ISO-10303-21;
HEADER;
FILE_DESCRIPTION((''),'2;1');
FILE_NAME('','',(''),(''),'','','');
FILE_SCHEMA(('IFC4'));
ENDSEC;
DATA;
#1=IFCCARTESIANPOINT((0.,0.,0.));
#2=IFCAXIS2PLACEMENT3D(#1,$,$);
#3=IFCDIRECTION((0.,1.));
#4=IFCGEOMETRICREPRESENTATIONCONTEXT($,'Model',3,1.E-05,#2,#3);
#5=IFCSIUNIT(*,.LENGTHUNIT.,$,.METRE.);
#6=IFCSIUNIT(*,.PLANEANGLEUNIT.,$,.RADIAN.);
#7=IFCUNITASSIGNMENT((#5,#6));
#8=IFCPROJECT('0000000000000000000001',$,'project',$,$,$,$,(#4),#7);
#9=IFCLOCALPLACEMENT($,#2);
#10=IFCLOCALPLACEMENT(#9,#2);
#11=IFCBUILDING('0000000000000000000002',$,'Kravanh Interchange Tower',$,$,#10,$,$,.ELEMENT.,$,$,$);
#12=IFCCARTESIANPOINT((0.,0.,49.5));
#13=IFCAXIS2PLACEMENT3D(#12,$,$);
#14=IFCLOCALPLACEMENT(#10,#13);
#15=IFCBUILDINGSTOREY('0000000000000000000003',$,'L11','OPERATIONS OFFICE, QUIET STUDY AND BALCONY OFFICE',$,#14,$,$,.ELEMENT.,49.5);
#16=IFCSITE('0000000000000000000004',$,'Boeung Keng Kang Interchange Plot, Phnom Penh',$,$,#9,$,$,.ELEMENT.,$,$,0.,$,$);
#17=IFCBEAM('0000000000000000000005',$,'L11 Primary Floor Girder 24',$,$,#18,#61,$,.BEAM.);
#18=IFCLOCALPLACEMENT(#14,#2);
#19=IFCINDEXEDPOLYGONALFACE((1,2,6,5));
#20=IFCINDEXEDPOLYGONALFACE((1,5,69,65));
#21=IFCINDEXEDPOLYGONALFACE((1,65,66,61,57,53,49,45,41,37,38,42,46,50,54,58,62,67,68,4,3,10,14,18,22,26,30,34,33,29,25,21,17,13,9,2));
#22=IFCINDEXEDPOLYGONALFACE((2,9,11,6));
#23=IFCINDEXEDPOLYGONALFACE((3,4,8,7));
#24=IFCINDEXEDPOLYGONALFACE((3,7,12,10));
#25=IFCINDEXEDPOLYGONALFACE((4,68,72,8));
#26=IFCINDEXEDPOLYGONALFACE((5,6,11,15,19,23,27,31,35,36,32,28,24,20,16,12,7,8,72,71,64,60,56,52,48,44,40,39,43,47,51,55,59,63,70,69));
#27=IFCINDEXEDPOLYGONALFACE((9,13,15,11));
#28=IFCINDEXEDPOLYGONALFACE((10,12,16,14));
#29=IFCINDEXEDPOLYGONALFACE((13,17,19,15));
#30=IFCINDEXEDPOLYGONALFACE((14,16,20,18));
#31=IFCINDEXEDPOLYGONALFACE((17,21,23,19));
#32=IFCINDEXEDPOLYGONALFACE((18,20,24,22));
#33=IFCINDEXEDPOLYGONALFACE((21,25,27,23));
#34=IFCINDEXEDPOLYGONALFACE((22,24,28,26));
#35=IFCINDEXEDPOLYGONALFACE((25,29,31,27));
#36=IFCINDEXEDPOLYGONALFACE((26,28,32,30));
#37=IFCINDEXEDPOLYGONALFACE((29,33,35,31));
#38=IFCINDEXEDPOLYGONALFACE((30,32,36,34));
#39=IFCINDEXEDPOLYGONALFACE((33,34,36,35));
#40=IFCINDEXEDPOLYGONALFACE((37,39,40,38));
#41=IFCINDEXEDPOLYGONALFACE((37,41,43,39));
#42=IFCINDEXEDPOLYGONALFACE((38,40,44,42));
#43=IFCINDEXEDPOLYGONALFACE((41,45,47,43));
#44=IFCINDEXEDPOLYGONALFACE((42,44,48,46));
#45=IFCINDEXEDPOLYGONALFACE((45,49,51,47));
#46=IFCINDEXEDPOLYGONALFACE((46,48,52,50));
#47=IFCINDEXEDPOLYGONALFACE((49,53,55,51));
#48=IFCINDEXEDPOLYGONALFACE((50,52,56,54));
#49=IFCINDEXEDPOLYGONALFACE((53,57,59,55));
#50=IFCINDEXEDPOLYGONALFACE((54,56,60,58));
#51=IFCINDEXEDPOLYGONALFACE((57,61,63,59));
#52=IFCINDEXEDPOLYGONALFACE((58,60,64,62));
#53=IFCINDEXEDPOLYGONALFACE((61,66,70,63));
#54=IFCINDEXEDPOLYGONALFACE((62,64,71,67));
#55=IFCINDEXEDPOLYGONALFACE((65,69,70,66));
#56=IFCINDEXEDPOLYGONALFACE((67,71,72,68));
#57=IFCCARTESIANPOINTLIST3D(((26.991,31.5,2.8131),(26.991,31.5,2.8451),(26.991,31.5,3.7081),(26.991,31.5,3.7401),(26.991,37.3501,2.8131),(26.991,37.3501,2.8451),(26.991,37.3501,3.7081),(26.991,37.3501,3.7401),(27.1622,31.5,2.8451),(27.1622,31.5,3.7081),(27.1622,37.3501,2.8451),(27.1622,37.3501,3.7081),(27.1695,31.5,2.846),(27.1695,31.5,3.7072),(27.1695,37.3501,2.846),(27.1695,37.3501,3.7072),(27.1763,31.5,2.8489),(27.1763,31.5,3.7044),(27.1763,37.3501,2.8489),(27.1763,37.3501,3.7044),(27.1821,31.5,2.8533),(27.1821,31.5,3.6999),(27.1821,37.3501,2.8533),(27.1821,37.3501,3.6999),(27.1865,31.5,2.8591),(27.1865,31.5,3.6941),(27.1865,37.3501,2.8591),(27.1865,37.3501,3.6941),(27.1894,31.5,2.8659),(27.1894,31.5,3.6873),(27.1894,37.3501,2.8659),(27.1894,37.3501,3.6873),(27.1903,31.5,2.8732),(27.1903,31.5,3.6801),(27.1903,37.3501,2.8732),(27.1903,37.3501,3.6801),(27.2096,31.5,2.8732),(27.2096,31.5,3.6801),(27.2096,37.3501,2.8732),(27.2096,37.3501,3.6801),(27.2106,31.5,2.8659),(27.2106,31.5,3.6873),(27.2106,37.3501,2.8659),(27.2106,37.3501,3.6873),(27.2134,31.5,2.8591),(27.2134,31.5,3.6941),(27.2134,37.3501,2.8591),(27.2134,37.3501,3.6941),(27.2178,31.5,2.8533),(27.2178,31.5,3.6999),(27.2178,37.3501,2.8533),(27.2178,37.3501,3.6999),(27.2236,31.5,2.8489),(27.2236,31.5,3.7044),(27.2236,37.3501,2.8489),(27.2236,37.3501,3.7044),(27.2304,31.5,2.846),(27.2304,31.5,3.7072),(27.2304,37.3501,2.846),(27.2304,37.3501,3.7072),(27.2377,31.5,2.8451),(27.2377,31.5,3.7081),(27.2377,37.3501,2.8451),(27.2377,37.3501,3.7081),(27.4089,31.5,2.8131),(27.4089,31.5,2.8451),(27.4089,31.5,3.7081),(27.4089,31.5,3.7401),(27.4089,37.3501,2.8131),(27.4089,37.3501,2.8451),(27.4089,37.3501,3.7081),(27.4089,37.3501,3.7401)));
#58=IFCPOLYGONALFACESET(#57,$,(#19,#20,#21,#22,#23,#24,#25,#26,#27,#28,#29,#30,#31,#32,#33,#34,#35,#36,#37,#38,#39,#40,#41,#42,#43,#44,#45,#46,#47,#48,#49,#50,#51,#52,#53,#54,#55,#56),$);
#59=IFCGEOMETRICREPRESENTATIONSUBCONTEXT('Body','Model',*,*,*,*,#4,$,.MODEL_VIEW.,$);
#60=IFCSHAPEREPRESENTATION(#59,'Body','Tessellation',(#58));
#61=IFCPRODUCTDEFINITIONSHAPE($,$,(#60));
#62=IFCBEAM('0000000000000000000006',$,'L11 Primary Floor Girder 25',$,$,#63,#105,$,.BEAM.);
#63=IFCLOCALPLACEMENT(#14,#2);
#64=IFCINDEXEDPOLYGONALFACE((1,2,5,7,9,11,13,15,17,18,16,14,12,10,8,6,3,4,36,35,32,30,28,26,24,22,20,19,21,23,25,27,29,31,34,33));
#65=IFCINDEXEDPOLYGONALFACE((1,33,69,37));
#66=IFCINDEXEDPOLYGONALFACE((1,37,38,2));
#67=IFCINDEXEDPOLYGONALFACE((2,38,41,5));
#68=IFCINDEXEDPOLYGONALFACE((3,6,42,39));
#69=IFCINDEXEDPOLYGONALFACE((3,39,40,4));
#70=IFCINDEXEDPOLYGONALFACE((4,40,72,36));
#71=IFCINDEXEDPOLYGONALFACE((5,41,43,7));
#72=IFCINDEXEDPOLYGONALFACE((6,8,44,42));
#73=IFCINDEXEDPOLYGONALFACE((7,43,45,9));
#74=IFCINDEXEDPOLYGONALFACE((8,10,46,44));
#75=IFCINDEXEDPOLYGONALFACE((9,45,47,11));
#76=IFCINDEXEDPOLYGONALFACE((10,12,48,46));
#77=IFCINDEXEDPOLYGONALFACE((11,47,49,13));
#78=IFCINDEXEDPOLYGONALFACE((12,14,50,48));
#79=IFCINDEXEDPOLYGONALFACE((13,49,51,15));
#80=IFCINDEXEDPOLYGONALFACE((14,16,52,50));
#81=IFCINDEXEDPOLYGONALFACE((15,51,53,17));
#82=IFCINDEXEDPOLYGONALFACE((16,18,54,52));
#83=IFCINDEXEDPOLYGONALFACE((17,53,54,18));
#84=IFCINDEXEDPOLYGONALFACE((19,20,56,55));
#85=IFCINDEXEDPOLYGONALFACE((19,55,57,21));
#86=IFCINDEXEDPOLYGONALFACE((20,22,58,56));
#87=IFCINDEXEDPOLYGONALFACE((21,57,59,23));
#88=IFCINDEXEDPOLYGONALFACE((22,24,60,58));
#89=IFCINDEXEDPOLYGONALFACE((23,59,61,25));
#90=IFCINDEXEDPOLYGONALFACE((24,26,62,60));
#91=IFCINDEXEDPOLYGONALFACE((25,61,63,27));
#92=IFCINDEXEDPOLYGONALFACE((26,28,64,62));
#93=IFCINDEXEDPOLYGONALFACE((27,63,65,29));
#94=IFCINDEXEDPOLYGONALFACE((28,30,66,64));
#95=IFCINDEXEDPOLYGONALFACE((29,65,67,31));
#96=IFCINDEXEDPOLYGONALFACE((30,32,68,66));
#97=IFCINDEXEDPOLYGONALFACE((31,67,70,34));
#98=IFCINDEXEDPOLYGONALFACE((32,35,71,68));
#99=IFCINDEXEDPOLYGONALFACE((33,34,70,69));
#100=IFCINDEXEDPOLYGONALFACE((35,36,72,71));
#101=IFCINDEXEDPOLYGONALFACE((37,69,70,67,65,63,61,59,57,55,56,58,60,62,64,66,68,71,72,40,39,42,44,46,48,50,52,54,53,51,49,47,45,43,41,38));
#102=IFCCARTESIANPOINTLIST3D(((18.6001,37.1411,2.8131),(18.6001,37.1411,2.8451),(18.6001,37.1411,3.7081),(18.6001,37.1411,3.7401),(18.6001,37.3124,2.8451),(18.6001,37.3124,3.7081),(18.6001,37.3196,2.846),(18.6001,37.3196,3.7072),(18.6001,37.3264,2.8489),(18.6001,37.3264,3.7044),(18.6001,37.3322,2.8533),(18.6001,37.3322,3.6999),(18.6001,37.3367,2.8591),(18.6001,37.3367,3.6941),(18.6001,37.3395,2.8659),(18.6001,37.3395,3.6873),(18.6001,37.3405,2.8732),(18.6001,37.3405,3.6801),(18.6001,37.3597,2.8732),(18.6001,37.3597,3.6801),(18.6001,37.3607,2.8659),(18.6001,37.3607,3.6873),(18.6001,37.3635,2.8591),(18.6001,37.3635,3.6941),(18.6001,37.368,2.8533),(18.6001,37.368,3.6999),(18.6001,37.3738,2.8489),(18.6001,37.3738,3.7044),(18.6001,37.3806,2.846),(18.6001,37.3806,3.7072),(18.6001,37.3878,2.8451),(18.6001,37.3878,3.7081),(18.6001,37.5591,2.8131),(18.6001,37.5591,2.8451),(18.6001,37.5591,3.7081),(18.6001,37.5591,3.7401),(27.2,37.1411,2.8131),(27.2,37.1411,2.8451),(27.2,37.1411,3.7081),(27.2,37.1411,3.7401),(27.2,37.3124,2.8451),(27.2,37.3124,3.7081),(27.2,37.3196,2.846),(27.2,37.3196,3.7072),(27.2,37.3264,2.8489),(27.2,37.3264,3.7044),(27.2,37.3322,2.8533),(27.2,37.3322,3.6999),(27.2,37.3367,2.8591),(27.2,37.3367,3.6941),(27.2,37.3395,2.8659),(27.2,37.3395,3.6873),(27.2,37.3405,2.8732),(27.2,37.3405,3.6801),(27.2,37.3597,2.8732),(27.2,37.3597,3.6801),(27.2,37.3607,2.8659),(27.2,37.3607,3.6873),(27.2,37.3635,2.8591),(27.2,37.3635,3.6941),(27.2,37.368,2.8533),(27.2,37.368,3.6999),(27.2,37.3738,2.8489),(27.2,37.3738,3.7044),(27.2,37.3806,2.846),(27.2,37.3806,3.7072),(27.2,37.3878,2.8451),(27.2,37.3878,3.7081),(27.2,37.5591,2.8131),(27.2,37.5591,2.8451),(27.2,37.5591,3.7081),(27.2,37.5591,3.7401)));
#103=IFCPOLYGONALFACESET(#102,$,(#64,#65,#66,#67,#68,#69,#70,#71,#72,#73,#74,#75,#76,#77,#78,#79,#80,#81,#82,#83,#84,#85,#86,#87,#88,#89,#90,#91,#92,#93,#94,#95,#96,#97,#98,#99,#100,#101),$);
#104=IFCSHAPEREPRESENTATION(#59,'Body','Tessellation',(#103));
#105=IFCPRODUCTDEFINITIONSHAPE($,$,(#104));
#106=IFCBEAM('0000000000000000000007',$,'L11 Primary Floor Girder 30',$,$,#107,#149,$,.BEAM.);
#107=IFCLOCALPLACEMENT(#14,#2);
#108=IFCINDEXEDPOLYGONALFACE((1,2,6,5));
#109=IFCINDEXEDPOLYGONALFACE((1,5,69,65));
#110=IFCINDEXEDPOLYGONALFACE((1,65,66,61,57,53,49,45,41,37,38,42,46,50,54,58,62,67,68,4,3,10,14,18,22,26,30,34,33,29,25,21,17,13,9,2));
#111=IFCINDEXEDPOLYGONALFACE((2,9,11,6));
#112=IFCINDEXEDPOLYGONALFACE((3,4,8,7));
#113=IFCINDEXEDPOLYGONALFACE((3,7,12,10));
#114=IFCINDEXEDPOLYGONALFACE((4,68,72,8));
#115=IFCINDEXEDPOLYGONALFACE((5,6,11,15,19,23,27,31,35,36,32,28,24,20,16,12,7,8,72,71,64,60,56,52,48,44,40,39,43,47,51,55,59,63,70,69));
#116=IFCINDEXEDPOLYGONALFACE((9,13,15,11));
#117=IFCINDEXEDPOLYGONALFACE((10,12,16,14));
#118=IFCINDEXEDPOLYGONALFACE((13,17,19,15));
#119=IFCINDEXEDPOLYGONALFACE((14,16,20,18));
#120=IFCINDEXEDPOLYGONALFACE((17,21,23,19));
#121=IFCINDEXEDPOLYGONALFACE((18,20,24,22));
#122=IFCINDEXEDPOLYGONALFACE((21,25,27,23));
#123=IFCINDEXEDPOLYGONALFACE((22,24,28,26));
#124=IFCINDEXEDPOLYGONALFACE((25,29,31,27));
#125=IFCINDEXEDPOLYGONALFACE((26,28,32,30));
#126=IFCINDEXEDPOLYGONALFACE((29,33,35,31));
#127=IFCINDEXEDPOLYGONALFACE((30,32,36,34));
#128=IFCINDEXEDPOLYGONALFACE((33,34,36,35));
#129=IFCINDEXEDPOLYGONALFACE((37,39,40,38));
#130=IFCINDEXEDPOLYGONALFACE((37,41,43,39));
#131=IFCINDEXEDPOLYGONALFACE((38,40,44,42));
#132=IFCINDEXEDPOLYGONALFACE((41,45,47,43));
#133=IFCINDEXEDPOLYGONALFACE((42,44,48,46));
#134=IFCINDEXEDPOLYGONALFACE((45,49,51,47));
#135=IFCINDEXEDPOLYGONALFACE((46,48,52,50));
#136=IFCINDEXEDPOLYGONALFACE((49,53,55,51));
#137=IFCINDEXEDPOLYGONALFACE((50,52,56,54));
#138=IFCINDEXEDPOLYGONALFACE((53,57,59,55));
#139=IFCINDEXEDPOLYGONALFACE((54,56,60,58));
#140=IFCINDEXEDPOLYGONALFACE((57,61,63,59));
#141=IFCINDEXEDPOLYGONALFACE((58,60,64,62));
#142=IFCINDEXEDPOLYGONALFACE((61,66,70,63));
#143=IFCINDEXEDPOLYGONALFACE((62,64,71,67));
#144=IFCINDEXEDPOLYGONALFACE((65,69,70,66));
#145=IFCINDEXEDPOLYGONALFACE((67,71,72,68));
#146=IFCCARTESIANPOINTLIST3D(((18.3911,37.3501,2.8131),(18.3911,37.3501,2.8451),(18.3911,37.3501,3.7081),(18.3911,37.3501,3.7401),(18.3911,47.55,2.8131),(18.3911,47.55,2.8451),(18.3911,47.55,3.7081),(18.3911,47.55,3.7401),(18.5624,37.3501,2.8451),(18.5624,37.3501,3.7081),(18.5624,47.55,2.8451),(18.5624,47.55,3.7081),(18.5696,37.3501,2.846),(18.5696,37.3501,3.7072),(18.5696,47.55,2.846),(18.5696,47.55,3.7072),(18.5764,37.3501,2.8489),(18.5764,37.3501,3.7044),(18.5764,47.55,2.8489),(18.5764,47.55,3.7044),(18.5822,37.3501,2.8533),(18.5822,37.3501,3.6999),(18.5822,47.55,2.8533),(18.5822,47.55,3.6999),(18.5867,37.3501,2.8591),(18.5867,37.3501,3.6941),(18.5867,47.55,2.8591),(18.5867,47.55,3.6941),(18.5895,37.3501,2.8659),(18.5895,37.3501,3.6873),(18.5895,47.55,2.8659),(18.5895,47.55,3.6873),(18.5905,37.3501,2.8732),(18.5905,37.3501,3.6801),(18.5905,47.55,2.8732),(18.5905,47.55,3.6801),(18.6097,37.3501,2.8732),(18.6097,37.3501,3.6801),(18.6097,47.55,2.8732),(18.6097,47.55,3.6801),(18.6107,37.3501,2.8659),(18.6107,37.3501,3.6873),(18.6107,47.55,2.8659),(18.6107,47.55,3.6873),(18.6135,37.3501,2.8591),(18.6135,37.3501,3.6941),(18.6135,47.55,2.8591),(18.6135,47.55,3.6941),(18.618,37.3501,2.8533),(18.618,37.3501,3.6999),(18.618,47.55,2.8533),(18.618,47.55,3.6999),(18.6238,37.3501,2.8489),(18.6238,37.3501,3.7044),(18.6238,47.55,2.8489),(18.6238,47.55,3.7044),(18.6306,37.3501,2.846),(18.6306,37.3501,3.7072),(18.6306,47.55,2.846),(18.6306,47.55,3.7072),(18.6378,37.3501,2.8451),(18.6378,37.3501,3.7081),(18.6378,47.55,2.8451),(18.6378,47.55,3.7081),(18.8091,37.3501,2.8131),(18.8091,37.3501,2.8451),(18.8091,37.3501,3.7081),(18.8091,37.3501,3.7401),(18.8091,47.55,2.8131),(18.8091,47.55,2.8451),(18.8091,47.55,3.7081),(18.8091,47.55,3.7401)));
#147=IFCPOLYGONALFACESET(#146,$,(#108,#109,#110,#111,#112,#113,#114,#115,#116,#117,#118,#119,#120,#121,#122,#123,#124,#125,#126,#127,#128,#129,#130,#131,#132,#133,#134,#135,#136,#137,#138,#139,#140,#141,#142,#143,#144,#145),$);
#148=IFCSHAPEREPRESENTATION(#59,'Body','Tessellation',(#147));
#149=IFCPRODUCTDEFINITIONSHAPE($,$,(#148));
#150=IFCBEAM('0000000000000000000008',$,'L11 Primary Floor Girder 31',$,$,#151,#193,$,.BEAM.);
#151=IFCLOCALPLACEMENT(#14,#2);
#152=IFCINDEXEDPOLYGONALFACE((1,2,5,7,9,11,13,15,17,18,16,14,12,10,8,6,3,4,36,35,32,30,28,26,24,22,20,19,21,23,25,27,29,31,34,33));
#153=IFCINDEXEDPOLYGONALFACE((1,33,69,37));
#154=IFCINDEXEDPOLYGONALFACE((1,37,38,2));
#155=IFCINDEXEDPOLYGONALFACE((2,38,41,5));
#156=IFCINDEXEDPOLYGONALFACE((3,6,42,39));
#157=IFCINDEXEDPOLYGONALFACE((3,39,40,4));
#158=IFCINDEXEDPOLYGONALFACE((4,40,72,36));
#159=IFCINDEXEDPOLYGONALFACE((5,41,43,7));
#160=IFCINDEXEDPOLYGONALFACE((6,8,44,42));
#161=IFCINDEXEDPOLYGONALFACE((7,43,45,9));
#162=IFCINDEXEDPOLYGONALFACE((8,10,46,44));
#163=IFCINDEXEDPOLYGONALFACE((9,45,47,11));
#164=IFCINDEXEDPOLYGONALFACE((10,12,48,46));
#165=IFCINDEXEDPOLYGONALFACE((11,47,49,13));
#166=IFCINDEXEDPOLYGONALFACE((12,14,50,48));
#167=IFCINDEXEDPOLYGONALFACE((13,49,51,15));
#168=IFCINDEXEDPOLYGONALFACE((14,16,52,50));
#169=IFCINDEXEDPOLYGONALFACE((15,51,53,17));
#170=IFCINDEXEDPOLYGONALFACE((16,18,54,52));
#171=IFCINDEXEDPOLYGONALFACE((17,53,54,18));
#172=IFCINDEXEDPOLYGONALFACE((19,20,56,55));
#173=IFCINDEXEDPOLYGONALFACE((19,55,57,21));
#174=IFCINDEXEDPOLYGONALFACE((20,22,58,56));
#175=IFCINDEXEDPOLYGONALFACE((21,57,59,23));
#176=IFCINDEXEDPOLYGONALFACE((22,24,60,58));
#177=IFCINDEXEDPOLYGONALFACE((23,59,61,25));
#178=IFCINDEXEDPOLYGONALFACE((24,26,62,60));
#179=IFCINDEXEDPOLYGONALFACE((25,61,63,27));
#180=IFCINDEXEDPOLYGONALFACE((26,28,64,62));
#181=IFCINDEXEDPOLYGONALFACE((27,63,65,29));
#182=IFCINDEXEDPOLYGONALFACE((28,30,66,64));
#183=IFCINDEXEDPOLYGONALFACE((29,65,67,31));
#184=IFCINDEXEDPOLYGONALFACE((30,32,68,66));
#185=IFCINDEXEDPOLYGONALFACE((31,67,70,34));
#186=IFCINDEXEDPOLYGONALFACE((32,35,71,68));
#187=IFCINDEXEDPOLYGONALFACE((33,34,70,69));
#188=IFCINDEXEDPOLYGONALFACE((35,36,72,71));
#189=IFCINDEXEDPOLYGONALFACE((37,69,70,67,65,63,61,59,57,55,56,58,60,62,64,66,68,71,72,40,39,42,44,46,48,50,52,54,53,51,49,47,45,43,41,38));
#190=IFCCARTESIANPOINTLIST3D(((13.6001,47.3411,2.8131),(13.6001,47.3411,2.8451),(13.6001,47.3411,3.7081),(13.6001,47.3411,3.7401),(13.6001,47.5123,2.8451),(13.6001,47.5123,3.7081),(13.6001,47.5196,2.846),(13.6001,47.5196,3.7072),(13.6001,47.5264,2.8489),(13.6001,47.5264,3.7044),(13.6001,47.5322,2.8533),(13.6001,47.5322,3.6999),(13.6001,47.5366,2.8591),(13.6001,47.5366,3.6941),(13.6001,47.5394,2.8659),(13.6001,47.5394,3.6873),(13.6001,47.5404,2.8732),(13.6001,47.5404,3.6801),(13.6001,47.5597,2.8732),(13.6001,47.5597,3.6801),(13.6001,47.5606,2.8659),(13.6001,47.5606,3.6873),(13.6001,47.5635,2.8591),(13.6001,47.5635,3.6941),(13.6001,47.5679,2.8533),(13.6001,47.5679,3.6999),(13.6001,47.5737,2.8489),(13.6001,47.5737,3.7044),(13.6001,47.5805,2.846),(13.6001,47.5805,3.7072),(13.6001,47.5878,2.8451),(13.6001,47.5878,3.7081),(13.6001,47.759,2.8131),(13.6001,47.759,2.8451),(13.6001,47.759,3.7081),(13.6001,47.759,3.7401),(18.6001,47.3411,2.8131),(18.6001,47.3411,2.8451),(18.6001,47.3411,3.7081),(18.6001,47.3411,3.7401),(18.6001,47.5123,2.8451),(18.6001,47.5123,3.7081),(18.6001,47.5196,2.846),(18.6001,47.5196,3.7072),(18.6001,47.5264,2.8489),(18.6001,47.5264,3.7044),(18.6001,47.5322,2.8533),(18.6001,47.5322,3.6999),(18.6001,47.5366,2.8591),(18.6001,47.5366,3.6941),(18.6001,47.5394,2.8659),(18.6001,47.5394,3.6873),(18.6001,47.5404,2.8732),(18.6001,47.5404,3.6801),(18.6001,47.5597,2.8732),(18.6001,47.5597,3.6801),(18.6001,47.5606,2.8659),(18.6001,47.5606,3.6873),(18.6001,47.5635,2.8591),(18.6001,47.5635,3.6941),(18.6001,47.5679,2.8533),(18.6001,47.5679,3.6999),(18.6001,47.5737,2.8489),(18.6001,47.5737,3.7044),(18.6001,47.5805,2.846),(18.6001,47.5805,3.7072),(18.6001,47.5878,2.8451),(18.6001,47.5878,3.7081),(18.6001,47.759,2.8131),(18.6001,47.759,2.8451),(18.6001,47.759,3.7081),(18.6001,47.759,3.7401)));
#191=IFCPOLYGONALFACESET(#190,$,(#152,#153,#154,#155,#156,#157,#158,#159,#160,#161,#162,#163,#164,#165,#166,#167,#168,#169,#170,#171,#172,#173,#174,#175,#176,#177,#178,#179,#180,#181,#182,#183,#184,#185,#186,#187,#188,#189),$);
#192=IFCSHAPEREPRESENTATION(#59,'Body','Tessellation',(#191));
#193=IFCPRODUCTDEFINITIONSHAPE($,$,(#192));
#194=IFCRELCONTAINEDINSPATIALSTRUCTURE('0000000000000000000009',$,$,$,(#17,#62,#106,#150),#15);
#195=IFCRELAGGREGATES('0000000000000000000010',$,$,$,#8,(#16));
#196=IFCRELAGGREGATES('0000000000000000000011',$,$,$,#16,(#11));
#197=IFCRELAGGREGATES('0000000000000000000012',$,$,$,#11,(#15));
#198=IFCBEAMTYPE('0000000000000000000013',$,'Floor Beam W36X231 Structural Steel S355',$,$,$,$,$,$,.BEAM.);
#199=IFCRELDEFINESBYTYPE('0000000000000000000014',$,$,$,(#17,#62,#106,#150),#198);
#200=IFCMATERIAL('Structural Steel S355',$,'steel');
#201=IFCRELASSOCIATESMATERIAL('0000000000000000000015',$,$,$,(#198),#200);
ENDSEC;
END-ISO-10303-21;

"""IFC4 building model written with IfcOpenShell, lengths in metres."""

from ifc_helpers import new_model, si_unit, direction, frame, origin, origin_2d, place, context, subcontext, project, spatial, i_section, extrude, material, material_profile, profile_set, type_object, element, save


model = new_model("IFC4")

# Units and contexts
model_context = context("Model", 3, precision=1e-05, world=origin(), true_north=direction((0.0, 1.0)))
body_context = subcontext(model_context, "Body", "Model", "MODEL_VIEW")
ifc_project = project(units=[si_unit("LENGTHUNIT", "METRE"), si_unit("PLANEANGLEUNIT", "RADIAN")], contexts=[model_context])

# Site, building, storey
site_placement = place(None, origin())
site = spatial("IfcSite", under=ifc_project, at=site_placement, Name="Boeung Keng Kang Interchange Plot, Phnom Penh", CompositionType="ELEMENT", RefElevation=0.0)
building_placement = place(site_placement, origin())
building = spatial("IfcBuilding", under=site, at=building_placement, Name="Kravanh Interchange Tower", CompositionType="ELEMENT")
storey_placement = place(building_placement, frame((0.0, 0.0, 49.5)))
storey = spatial("IfcBuildingStorey", under=building, at=storey_placement, Name="L11", Description="OPERATIONS OFFICE, QUIET STUDY AND BALCONY OFFICE", CompositionType="ELEMENT", Elevation=49.5)

# Beams
ifc_material_1 = material(Name="Structural Steel S355", Category="steel")
ifc_material_profile_1 = material_profile(ifc_material_1, i_section(OverallWidth=0.418, OverallDepth=0.927, WebThickness=0.0193, FlangeThickness=0.032, FilletRadius=0.0281, at=origin_2d()), Name="W36X231")
ifc_profile_set_1 = profile_set([ifc_material_profile_1], Name="Structural Steel S355")
beam_type = type_object("IfcBeamType", Name="Floor Beam W36X231 Structural Steel S355", PredefinedType="BEAM", material=ifc_profile_set_1)
beam_1_placement = place(storey_placement, frame((27.2, 37.3501, 3.2766), z_axis=(0.0, -1.0, 0.0), x_axis=(1.0, 0.0, 0.0)))
element("IfcBeam", 1, at=beam_1_placement, inside=storey, type_object=beam_type, Name="L11 Primary Floor Girder 24", PredefinedType="BEAM", context=body_context, shape_type="SweptSolid", body=[
    extrude(i_section(OverallWidth=0.418, OverallDepth=0.927, WebThickness=0.0193, FlangeThickness=0.032, FilletRadius=0.0281, at=origin_2d()), origin(), (0.0, 0.0, 1.0), 5.8501),
])
beam_2_placement = place(storey_placement, frame((27.2, 37.3501, 3.2766), z_axis=(-1.0, 0.0, 0.0), x_axis=(0.0, -1.0, 0.0)))
element("IfcBeam", 2, at=beam_2_placement, inside=storey, type_object=beam_type, Name="L11 Primary Floor Girder 25", PredefinedType="BEAM", context=body_context, shape_type="SweptSolid", body=[
    extrude(i_section(OverallWidth=0.418, OverallDepth=0.927, WebThickness=0.0193, FlangeThickness=0.032, FilletRadius=0.0281, at=origin_2d()), origin(), (0.0, 0.0, 1.0), 8.5999),
])
beam_3_placement = place(storey_placement, frame((18.6001, 37.3501, 3.2766), z_axis=(0.0, 1.0, 0.0), x_axis=(-1.0, 0.0, 0.0)))
element("IfcBeam", 3, at=beam_3_placement, inside=storey, type_object=beam_type, Name="L11 Primary Floor Girder 30", PredefinedType="BEAM", context=body_context, shape_type="SweptSolid", body=[
    extrude(i_section(OverallWidth=0.418, OverallDepth=0.927, WebThickness=0.0193, FlangeThickness=0.032, FilletRadius=0.0281, at=origin_2d()), origin(), (0.0, 0.0, 1.0), 10.2),
])
beam_4_placement = place(storey_placement, frame((18.6001, 47.55, 3.2766), z_axis=(-1.0, 0.0, 0.0), x_axis=(0.0, -1.0, 0.0)))
element("IfcBeam", 4, at=beam_4_placement, inside=storey, type_object=beam_type, Name="L11 Primary Floor Girder 31", PredefinedType="BEAM", context=body_context, shape_type="SweptSolid", body=[
    extrude(i_section(OverallWidth=0.418, OverallDepth=0.927, WebThickness=0.0193, FlangeThickness=0.032, FilletRadius=0.0281, at=origin_2d()), origin(), (0.0, 0.0, 1.0), 5.0),
])

save(model, "model.ifc")
